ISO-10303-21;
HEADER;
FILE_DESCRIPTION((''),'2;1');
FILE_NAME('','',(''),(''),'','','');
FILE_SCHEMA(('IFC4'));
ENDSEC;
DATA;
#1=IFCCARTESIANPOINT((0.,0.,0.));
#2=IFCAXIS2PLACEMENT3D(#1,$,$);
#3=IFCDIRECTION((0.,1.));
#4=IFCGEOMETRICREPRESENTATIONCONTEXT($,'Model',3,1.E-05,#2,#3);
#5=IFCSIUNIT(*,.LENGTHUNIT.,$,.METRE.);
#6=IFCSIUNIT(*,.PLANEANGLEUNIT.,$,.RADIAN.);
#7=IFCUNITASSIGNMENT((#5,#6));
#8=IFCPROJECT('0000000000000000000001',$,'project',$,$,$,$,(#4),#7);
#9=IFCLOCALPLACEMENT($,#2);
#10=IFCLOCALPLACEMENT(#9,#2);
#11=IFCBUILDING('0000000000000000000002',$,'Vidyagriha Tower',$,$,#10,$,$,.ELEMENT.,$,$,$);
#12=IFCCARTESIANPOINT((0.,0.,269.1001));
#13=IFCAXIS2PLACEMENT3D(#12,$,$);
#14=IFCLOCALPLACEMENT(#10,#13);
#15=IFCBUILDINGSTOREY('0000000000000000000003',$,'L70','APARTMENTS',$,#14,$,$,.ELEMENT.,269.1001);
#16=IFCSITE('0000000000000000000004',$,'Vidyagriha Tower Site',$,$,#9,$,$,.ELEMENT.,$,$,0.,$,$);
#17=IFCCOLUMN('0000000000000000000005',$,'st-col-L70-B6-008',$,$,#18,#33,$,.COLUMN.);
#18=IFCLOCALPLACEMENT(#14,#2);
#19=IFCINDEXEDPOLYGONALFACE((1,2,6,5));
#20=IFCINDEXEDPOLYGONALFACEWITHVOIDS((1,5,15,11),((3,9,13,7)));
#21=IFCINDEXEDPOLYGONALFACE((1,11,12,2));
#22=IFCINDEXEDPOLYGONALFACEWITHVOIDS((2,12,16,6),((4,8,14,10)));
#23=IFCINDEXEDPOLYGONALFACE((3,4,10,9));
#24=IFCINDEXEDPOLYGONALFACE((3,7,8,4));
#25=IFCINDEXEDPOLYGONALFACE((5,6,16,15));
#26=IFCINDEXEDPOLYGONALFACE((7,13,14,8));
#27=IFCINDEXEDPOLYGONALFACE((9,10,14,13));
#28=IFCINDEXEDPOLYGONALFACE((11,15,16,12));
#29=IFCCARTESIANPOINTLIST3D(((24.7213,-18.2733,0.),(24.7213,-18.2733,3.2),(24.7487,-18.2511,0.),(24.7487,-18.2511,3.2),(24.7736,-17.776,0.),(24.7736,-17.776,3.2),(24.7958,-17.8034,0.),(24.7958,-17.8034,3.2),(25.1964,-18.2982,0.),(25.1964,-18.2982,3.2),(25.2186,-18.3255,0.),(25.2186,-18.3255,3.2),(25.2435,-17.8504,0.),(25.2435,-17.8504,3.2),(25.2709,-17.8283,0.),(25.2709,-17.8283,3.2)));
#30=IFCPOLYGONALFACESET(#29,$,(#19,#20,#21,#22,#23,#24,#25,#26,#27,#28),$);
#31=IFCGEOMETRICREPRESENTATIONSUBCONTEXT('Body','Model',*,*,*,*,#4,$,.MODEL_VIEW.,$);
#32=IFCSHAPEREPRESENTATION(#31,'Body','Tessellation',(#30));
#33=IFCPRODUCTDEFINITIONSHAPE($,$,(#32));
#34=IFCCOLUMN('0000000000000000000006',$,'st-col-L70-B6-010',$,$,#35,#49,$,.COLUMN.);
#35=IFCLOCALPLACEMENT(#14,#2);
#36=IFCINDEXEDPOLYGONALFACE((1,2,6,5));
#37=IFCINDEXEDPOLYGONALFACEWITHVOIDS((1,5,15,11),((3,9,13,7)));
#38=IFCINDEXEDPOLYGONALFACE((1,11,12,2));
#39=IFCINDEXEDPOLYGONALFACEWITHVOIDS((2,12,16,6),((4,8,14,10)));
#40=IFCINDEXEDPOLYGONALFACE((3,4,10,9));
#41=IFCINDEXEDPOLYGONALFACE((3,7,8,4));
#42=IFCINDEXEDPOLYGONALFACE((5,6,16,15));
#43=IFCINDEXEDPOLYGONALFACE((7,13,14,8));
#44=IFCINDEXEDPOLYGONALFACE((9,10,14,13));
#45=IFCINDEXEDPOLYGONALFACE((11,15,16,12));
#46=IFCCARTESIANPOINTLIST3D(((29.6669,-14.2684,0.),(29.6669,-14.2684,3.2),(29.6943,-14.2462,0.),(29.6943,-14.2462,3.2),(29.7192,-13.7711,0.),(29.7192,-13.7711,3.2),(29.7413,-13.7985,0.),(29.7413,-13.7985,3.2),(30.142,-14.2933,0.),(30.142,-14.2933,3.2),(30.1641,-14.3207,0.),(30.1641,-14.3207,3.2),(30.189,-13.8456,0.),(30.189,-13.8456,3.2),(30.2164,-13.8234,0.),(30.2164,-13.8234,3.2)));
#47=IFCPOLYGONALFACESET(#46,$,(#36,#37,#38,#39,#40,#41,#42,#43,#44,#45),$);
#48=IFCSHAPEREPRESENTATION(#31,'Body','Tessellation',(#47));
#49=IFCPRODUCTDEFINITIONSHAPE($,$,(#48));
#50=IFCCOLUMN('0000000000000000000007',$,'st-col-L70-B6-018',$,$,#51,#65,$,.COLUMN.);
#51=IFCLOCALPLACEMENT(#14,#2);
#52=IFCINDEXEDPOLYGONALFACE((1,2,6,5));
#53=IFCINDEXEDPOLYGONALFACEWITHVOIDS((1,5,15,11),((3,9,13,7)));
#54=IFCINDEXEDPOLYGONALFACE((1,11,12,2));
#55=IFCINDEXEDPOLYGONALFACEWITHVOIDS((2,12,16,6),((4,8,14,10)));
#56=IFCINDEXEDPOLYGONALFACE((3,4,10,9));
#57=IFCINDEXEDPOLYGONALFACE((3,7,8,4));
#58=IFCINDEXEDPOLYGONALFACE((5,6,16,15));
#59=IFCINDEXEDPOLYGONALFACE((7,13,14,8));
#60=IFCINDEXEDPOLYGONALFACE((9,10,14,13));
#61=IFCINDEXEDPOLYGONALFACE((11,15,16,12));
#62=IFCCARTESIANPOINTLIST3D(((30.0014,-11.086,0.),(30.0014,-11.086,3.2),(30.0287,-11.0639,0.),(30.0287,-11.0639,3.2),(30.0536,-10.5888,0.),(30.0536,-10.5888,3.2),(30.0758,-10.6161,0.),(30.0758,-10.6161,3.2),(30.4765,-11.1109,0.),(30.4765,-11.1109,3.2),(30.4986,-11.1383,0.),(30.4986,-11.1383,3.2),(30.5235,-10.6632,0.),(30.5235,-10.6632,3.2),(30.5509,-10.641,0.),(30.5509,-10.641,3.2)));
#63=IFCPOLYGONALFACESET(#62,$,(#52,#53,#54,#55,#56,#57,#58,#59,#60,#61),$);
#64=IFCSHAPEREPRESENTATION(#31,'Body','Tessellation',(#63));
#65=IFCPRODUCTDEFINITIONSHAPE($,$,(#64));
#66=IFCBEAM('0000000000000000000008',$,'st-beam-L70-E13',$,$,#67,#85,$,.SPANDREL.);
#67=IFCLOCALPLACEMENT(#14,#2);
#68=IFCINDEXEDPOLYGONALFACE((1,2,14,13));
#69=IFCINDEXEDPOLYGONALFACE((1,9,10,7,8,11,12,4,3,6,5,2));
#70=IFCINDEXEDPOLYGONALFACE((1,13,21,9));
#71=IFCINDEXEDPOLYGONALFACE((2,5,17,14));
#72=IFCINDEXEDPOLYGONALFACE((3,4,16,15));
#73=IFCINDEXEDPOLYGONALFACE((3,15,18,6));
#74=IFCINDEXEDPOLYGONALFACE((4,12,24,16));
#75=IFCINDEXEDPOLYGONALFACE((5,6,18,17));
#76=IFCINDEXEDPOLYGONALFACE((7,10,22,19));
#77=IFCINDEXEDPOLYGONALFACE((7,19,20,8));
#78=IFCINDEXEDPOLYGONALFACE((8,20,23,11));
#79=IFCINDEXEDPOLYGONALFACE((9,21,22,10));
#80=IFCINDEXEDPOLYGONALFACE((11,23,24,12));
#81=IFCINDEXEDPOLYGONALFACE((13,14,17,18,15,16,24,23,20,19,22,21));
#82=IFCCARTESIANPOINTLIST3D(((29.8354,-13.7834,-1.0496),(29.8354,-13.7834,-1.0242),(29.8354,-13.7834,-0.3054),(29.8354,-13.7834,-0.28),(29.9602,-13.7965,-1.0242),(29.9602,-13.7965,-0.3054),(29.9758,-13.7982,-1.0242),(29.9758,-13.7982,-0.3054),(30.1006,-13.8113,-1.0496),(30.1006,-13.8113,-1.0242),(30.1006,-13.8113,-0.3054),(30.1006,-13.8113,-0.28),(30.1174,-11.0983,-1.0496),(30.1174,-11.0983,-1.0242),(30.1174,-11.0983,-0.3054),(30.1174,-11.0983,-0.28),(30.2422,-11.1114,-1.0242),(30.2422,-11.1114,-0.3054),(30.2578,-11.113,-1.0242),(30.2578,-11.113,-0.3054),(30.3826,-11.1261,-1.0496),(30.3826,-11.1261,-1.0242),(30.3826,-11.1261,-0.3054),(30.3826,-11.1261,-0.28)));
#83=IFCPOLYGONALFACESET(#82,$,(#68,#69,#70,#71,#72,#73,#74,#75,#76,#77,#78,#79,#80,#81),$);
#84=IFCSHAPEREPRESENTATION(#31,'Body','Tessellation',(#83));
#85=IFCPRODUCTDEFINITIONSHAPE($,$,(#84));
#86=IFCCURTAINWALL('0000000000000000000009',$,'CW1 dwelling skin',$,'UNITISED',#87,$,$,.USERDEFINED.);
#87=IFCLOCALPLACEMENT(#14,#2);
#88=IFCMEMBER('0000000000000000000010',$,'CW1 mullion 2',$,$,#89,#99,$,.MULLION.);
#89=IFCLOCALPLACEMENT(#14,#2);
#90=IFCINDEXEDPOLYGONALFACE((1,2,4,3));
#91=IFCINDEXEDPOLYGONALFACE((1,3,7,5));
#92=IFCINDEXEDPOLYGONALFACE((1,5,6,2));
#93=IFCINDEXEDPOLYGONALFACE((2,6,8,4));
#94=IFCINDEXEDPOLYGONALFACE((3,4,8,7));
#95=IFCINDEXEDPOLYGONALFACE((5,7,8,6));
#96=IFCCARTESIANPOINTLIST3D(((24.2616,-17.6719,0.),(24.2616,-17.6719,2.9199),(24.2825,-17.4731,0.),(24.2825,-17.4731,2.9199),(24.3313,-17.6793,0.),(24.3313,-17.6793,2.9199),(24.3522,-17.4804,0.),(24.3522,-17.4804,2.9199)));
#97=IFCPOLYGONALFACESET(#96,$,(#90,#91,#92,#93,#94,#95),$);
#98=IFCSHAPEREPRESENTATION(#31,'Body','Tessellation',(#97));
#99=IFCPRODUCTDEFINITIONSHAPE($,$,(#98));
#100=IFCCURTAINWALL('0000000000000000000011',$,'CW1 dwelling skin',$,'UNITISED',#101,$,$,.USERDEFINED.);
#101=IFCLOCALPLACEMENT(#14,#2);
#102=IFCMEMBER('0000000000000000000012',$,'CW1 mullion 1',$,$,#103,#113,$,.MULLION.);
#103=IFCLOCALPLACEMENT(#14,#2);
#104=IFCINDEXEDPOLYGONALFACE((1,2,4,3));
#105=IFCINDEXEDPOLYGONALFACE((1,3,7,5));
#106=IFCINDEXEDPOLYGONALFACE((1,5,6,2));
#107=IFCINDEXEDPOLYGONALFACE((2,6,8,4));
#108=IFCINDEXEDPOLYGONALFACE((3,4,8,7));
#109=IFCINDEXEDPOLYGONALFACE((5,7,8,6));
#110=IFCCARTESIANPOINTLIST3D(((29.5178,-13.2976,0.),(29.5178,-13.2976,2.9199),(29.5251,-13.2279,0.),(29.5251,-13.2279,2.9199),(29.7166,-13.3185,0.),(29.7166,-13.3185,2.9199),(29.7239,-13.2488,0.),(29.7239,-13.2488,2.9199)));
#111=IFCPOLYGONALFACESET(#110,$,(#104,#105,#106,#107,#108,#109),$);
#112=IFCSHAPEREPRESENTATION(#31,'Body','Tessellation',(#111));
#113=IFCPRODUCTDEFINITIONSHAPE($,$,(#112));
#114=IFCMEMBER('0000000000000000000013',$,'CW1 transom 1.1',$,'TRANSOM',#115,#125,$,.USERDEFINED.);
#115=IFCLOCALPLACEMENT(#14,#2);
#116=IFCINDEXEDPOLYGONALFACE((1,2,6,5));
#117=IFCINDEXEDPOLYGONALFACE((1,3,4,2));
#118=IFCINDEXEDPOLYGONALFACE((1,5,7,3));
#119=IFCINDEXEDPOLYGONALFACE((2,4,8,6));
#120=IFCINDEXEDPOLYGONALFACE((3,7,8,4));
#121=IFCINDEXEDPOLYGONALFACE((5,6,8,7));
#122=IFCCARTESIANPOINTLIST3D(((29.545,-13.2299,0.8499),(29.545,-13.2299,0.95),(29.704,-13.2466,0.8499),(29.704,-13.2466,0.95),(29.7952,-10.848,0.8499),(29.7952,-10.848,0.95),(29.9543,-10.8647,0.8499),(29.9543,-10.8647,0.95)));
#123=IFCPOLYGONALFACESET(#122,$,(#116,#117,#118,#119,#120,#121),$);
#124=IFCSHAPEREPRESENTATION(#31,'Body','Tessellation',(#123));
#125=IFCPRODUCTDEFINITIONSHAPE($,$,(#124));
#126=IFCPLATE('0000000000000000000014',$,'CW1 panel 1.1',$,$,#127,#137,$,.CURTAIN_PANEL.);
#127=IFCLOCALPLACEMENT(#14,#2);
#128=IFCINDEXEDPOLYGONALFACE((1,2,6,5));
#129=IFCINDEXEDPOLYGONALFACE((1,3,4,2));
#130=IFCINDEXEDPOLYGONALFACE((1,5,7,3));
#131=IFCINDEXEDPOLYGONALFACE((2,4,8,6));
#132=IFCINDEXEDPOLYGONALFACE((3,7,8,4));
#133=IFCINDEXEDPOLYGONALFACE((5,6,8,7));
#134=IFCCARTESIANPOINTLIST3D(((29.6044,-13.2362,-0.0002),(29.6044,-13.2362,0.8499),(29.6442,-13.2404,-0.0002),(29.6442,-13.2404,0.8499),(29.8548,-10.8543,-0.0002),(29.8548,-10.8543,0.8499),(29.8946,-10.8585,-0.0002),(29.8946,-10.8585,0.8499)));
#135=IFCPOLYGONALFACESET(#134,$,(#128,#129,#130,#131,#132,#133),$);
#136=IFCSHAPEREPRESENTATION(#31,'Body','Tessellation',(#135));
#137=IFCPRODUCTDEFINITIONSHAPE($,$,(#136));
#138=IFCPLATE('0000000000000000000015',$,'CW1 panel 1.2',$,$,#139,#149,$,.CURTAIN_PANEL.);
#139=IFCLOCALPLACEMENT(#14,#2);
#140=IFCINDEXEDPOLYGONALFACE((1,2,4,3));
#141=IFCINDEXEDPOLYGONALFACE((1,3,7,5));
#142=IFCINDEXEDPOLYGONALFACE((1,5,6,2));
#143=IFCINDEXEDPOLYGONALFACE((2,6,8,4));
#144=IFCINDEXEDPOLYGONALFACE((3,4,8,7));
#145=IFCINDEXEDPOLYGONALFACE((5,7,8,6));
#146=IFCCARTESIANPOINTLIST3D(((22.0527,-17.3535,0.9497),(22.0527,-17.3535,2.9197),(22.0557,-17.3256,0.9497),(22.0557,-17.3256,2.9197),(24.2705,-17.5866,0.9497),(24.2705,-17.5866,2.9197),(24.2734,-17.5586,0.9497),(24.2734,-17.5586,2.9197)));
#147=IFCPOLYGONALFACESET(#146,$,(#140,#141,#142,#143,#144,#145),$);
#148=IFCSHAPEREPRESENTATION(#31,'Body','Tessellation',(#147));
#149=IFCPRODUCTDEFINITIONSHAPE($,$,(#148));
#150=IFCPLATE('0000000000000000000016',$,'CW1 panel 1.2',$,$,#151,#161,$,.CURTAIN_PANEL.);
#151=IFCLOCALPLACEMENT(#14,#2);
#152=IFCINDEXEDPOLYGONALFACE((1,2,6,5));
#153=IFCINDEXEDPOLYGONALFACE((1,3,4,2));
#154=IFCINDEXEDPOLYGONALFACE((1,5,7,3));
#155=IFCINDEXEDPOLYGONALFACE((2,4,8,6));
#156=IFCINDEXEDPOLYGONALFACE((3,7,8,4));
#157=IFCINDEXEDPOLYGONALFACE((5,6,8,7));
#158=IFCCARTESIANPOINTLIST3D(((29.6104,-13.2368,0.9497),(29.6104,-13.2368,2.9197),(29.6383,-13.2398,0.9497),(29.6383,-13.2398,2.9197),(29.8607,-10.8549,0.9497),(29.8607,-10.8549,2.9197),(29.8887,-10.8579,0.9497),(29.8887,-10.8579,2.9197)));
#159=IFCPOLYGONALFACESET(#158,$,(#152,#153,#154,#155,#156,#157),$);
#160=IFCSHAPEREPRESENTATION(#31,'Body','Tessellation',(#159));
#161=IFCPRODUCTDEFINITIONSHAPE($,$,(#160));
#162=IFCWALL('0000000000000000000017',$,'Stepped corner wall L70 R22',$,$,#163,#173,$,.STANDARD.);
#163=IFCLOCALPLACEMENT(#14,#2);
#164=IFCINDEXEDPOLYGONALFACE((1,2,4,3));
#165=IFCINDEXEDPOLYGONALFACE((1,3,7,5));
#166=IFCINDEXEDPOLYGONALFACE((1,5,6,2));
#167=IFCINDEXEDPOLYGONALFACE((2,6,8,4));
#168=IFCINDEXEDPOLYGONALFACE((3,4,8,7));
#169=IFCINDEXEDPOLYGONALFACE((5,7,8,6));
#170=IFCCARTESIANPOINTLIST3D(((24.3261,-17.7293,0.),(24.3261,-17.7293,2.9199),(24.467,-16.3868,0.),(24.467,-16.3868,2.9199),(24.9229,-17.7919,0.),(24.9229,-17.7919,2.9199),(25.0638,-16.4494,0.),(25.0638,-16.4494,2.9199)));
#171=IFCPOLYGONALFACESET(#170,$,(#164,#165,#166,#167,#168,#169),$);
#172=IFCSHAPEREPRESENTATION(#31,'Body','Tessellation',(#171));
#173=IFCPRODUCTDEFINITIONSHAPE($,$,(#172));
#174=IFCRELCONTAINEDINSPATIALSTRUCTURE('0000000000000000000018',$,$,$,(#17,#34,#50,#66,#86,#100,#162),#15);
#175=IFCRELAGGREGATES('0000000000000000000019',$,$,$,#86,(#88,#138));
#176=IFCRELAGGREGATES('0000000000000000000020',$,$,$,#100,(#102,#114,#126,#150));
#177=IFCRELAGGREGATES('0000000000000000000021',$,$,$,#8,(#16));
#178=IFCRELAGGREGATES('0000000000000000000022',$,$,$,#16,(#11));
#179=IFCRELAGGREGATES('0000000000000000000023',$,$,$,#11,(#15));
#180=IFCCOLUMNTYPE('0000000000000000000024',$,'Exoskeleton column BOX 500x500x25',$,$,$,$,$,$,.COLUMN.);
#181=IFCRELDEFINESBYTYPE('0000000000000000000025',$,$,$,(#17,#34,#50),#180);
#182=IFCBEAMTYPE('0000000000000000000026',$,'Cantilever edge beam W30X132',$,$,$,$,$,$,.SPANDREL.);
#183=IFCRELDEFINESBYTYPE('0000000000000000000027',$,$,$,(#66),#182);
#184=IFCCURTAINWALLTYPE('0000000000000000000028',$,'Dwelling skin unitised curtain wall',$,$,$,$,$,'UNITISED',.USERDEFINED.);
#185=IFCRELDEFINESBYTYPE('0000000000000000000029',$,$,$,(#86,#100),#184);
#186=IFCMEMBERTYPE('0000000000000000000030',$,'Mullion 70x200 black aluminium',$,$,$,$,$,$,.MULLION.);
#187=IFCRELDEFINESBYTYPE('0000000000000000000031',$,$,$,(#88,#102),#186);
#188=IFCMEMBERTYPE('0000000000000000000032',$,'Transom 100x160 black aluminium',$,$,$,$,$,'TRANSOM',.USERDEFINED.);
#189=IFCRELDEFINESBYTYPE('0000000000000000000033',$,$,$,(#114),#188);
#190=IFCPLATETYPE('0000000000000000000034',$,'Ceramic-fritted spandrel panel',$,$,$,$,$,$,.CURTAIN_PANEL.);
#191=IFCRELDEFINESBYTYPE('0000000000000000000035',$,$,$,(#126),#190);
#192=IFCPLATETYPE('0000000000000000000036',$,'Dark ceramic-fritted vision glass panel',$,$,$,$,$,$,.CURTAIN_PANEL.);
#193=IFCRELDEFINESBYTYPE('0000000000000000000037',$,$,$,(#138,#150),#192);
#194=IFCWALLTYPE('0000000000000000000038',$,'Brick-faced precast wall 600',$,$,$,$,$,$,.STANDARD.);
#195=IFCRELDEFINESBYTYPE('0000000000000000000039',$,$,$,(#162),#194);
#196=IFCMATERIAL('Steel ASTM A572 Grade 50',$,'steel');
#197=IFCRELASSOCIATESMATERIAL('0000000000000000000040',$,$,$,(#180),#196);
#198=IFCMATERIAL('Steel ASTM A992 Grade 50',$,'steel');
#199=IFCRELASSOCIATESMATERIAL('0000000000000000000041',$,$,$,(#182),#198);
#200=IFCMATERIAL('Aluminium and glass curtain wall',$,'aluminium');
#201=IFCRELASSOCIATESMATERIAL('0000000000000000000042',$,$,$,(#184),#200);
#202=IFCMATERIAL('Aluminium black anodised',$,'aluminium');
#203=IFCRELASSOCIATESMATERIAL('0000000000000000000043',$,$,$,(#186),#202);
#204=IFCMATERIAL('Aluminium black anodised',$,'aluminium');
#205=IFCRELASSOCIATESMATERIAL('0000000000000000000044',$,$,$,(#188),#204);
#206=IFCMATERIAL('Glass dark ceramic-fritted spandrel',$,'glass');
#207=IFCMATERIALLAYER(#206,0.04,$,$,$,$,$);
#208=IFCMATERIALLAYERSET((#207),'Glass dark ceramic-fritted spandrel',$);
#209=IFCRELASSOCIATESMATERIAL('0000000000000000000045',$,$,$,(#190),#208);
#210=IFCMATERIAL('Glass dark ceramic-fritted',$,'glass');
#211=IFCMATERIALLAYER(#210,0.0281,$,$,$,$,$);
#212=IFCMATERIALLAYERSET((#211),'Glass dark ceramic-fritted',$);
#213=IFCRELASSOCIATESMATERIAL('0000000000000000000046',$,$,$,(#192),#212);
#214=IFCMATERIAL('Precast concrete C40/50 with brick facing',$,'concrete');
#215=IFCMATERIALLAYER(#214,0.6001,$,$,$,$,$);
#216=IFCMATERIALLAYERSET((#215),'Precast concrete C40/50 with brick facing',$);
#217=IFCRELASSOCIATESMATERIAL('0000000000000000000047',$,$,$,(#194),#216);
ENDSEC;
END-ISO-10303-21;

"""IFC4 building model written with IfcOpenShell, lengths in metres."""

from ifc_helpers import new_model, si_unit, direction, frame, frame_2d, origin, origin_2d, place, context, subcontext, project, spatial, rectangle, hollow_rectangle, i_section, extrude, material, layer, layer_set, material_profile, profile_set, type_object, element, aggregate, save


model = new_model("IFC4")

# Units and contexts
model_context = context("Model", 3, precision=1e-05, world=origin(), true_north=direction((0.0, 1.0)))
body_context = subcontext(model_context, "Body", "Model", "MODEL_VIEW")
ifc_project = project(units=[si_unit("LENGTHUNIT", "METRE"), si_unit("PLANEANGLEUNIT", "RADIAN")], contexts=[model_context])

# Site, building, storey
site_placement = place(None, origin())
site = spatial("IfcSite", under=ifc_project, at=site_placement, Name="Vidyagriha Tower Site", CompositionType="ELEMENT", RefElevation=0.0)
building_placement = place(site_placement, origin())
building = spatial("IfcBuilding", under=site, at=building_placement, Name="Vidyagriha Tower", CompositionType="ELEMENT")
storey_placement = place(building_placement, frame((0.0, 0.0, 269.1001)))
storey = spatial("IfcBuildingStorey", under=building, at=storey_placement, Name="L70", Description="APARTMENTS", CompositionType="ELEMENT", Elevation=269.1001)

# Columns
ifc_material_1 = material(Name="Steel ASTM A572 Grade 50", Category="steel")
ifc_material_profile_1 = material_profile(ifc_material_1, hollow_rectangle(XDim=0.5, YDim=0.5, WallThickness=0.0249, at=origin_2d()), Name="BOX 500x500x25")
ifc_profile_set_1 = profile_set([ifc_material_profile_1], Name="Steel ASTM A572 Grade 50")
column_type = type_object("IfcColumnType", Name="Exoskeleton column BOX 500x500x25", PredefinedType="COLUMN", material=ifc_profile_set_1)
for number, where, z_axis, x_axis, name in (
    (1, (24.9961, -18.0508, 0.0), (0.0, 0.0, 1.0), (0.994522, -0.104528, 0.0), "st-col-L70-B6-008"),
    (2, (29.9417, -14.0459, 0.0), (0.0, 0.0, 1.0), (0.994522, -0.104528, 0.0), "st-col-L70-B6-010"),
    (3, (30.2761, -10.8635, 0.0), (0.0, 0.0, 1.0), (0.994522, -0.104528, 0.0), "st-col-L70-B6-018"),
):
    element("IfcColumn", number, at=place(storey_placement, frame(where, z_axis=z_axis, x_axis=x_axis)), inside=storey, type_object=column_type, Name=name, PredefinedType="COLUMN", context=body_context, shape_type="SweptSolid", body=[
        extrude(hollow_rectangle(XDim=0.5, YDim=0.5, WallThickness=0.0249, at=origin_2d()), origin(), (0.0, 0.0, 1.0), 3.2),
    ])

# Beam
ifc_material_2 = material(Name="Steel ASTM A992 Grade 50", Category="steel")
ifc_material_profile_2 = material_profile(ifc_material_2, i_section(OverallWidth=0.2666, OverallDepth=0.7695, WebThickness=0.0156, FlangeThickness=0.0254, at=origin_2d()), Name="W30X132")
ifc_profile_set_2 = profile_set([ifc_material_profile_2], Name="Steel ASTM A992 Grade 50")
beam_type = type_object("IfcBeamType", Name="Cantilever edge beam W30X132", PredefinedType="SPANDREL", material=ifc_profile_set_2)
beam_placement = place(storey_placement, frame((29.968, -13.7974, -0.6648), z_axis=(0.104435, 0.994532, 0.0), x_axis=(-0.994532, 0.104435, 0.0)))
element("IfcBeam", 4, at=beam_placement, inside=storey, type_object=beam_type, Name="st-beam-L70-E13", PredefinedType="SPANDREL", context=body_context, shape_type="SweptSolid", body=[
    extrude(i_section(OverallWidth=0.2666, OverallDepth=0.7695, WebThickness=0.0156, FlangeThickness=0.0254, at=origin_2d()), origin(), (0.0, 0.0, 1.0), 2.7),
])

# Curtain wall, member
ifc_material_3 = material(Name="Aluminium and glass curtain wall", Category="aluminium")
curtain_wall_type = type_object("IfcCurtainWallType", Name="Dwelling skin unitised curtain wall", ElementType="UNITISED", PredefinedType="USERDEFINED", material=ifc_material_3)
curtain_wall_1_placement = place(storey_placement, origin())
curtain_wall_1 = element("IfcCurtainWall", 5, at=curtain_wall_1_placement, inside=storey, type_object=curtain_wall_type, Name="CW1 dwelling skin", ObjectType="UNITISED", PredefinedType="USERDEFINED")
ifc_material_4 = material(Name="Aluminium black anodised", Category="aluminium")
ifc_material_profile_3 = material_profile(ifc_material_4, rectangle(XDim=0.2, YDim=0.0701, at=origin_2d()), Name="Mullion 70x200 black aluminium")
ifc_profile_set_3 = profile_set([ifc_material_profile_3], Name="Aluminium black anodised")
member_type_1 = type_object("IfcMemberType", Name="Mullion 70x200 black aluminium", PredefinedType="MULLION", material=ifc_profile_set_3)
member_1_placement = place(storey_placement, frame((24.3069, -17.5762, 0.0), z_axis=(0.0, 0.0, 1.0), x_axis=(0.104522, 0.994523, 0.0)))
member_1 = element("IfcMember", 6, at=member_1_placement, type_object=member_type_1, Name="CW1 mullion 2", PredefinedType="MULLION", context=body_context, shape_type="SweptSolid", body=[
    extrude(rectangle(XDim=0.2, YDim=0.0701, at=origin_2d()), origin(), (0.0, 0.0, 1.0), 2.9199),
])

# Curtain wall, members, plate
curtain_wall_2_placement = place(storey_placement, origin())
curtain_wall_2 = element("IfcCurtainWall", 7, at=curtain_wall_2_placement, inside=storey, type_object=curtain_wall_type, Name="CW1 dwelling skin", ObjectType="UNITISED", PredefinedType="USERDEFINED")
member_2_placement = place(storey_placement, frame((29.6208, -13.2732, 0.0), z_axis=(0.0, 0.0, 1.0), x_axis=(-0.994521, 0.104533, 0.0)))
member_2 = element("IfcMember", 8, at=member_2_placement, type_object=member_type_1, Name="CW1 mullion 1", PredefinedType="MULLION", context=body_context, shape_type="SweptSolid", body=[
    extrude(rectangle(XDim=0.2, YDim=0.0701, at=origin_2d()), origin(), (0.0, 0.0, 1.0), 2.9199),
])
ifc_material_5 = material(Name="Aluminium black anodised", Category="aluminium")
ifc_material_profile_4 = material_profile(ifc_material_5, rectangle(XDim=0.1599, YDim=0.1001, at=origin_2d()), Name="Transom 100x160 black aluminium")
ifc_profile_set_4 = profile_set([ifc_material_profile_4], Name="Aluminium black anodised")
member_type_2 = type_object("IfcMemberType", Name="Transom 100x160 black aluminium", ElementType="TRANSOM", PredefinedType="USERDEFINED", material=ifc_profile_set_4)
member_3_placement = place(storey_placement, frame((29.6245, -13.2383, 0.8999), z_axis=(0.104488, 0.994526, 0.0), x_axis=(-0.994526, 0.104488, 0.0)))
member_3 = element("IfcMember", 9, at=member_3_placement, type_object=member_type_2, Name="CW1 transom 1.1", ObjectType="TRANSOM", PredefinedType="USERDEFINED", context=body_context, shape_type="SweptSolid", body=[
    extrude(rectangle(XDim=0.1599, YDim=0.1001, at=origin_2d()), origin(), (0.0, 0.0, 1.0), 2.395),
])
ifc_material_6 = material(Name="Glass dark ceramic-fritted spandrel", Category="glass")
ifc_layer_1 = layer(ifc_material_6, 0.04)
ifc_layer_set_1 = layer_set([ifc_layer_1], Name="Glass dark ceramic-fritted spandrel")
plate_type_1 = type_object("IfcPlateType", Name="Ceramic-fritted spandrel panel", PredefinedType="CURTAIN_PANEL", material=ifc_layer_set_1)
plate_1_placement = place(storey_placement, frame((29.7495, -12.0474, -0.0002), z_axis=(0.0, 0.0, 1.0), x_axis=(0.104533, 0.994521, 0.0)))
plate_1 = element("IfcPlate", 10, at=plate_1_placement, type_object=plate_type_1, Name="CW1 panel 1.1", PredefinedType="CURTAIN_PANEL", context=body_context, shape_type="SweptSolid", body=[
    extrude(rectangle(XDim=2.395, YDim=0.04, at=origin_2d()), origin(), (0.0, 0.0, 1.0), 0.8501),
])

# Plates
ifc_material_7 = material(Name="Glass dark ceramic-fritted", Category="glass")
ifc_layer_2 = layer(ifc_material_7, 0.0281)
ifc_layer_set_2 = layer_set([ifc_layer_2], Name="Glass dark ceramic-fritted")
plate_type_2 = type_object("IfcPlateType", Name="Dark ceramic-fritted vision glass panel", PredefinedType="CURTAIN_PANEL", material=ifc_layer_set_2)
plate_2_placement = place(storey_placement, frame((23.1631, -17.4561, 0.9497), z_axis=(0.0, 0.0, 1.0), x_axis=(0.994523, -0.104522, 0.0)))
plate_2 = element("IfcPlate", 11, at=plate_2_placement, type_object=plate_type_2, Name="CW1 panel 1.2", PredefinedType="CURTAIN_PANEL", context=body_context, shape_type="SweptSolid", body=[
    extrude(rectangle(XDim=2.23, YDim=0.0281, at=origin_2d()), origin(), (0.0, 0.0, 1.0), 1.97),
])
aggregate(curtain_wall_1, [member_1, plate_2])
plate_3_placement = place(storey_placement, frame((29.7495, -12.0474, 0.9497), z_axis=(0.0, 0.0, 1.0), x_axis=(0.104533, 0.994521, 0.0)))
plate_3 = element("IfcPlate", 12, at=plate_3_placement, type_object=plate_type_2, Name="CW1 panel 1.2", PredefinedType="CURTAIN_PANEL", context=body_context, shape_type="SweptSolid", body=[
    extrude(rectangle(XDim=2.395, YDim=0.0281, at=origin_2d()), origin(), (0.0, 0.0, 1.0), 1.97),
])
aggregate(curtain_wall_2, [member_2, member_3, plate_1, plate_3])

# Wall
ifc_material_8 = material(Name="Precast concrete C40/50 with brick facing", Category="concrete")
ifc_layer_3 = layer(ifc_material_8, 0.6001)
ifc_layer_set_3 = layer_set([ifc_layer_3], Name="Precast concrete C40/50 with brick facing")
wall_type_1 = type_object("IfcWallType", Name="Brick-faced precast wall 600", PredefinedType="STANDARD", material=ifc_layer_set_3)
wall_1_placement = place(storey_placement, frame((24.6245, -17.7605, 0.0), z_axis=(0.0, 0.0, 1.0), x_axis=(0.104355, 0.99454, 0.0)))
element("IfcWall", 13, at=wall_1_placement, inside=storey, type_object=wall_type_1, Name="Stepped corner wall L70 R22", PredefinedType="STANDARD", context=body_context, shape_type="SweptSolid", body=[
    extrude(rectangle(XDim=1.3499, YDim=0.6001, at=frame_2d((0.6748, 0.0))), origin(), (0.0, 0.0, 1.0), 2.9199),
])

save(model, "model.ifc")
